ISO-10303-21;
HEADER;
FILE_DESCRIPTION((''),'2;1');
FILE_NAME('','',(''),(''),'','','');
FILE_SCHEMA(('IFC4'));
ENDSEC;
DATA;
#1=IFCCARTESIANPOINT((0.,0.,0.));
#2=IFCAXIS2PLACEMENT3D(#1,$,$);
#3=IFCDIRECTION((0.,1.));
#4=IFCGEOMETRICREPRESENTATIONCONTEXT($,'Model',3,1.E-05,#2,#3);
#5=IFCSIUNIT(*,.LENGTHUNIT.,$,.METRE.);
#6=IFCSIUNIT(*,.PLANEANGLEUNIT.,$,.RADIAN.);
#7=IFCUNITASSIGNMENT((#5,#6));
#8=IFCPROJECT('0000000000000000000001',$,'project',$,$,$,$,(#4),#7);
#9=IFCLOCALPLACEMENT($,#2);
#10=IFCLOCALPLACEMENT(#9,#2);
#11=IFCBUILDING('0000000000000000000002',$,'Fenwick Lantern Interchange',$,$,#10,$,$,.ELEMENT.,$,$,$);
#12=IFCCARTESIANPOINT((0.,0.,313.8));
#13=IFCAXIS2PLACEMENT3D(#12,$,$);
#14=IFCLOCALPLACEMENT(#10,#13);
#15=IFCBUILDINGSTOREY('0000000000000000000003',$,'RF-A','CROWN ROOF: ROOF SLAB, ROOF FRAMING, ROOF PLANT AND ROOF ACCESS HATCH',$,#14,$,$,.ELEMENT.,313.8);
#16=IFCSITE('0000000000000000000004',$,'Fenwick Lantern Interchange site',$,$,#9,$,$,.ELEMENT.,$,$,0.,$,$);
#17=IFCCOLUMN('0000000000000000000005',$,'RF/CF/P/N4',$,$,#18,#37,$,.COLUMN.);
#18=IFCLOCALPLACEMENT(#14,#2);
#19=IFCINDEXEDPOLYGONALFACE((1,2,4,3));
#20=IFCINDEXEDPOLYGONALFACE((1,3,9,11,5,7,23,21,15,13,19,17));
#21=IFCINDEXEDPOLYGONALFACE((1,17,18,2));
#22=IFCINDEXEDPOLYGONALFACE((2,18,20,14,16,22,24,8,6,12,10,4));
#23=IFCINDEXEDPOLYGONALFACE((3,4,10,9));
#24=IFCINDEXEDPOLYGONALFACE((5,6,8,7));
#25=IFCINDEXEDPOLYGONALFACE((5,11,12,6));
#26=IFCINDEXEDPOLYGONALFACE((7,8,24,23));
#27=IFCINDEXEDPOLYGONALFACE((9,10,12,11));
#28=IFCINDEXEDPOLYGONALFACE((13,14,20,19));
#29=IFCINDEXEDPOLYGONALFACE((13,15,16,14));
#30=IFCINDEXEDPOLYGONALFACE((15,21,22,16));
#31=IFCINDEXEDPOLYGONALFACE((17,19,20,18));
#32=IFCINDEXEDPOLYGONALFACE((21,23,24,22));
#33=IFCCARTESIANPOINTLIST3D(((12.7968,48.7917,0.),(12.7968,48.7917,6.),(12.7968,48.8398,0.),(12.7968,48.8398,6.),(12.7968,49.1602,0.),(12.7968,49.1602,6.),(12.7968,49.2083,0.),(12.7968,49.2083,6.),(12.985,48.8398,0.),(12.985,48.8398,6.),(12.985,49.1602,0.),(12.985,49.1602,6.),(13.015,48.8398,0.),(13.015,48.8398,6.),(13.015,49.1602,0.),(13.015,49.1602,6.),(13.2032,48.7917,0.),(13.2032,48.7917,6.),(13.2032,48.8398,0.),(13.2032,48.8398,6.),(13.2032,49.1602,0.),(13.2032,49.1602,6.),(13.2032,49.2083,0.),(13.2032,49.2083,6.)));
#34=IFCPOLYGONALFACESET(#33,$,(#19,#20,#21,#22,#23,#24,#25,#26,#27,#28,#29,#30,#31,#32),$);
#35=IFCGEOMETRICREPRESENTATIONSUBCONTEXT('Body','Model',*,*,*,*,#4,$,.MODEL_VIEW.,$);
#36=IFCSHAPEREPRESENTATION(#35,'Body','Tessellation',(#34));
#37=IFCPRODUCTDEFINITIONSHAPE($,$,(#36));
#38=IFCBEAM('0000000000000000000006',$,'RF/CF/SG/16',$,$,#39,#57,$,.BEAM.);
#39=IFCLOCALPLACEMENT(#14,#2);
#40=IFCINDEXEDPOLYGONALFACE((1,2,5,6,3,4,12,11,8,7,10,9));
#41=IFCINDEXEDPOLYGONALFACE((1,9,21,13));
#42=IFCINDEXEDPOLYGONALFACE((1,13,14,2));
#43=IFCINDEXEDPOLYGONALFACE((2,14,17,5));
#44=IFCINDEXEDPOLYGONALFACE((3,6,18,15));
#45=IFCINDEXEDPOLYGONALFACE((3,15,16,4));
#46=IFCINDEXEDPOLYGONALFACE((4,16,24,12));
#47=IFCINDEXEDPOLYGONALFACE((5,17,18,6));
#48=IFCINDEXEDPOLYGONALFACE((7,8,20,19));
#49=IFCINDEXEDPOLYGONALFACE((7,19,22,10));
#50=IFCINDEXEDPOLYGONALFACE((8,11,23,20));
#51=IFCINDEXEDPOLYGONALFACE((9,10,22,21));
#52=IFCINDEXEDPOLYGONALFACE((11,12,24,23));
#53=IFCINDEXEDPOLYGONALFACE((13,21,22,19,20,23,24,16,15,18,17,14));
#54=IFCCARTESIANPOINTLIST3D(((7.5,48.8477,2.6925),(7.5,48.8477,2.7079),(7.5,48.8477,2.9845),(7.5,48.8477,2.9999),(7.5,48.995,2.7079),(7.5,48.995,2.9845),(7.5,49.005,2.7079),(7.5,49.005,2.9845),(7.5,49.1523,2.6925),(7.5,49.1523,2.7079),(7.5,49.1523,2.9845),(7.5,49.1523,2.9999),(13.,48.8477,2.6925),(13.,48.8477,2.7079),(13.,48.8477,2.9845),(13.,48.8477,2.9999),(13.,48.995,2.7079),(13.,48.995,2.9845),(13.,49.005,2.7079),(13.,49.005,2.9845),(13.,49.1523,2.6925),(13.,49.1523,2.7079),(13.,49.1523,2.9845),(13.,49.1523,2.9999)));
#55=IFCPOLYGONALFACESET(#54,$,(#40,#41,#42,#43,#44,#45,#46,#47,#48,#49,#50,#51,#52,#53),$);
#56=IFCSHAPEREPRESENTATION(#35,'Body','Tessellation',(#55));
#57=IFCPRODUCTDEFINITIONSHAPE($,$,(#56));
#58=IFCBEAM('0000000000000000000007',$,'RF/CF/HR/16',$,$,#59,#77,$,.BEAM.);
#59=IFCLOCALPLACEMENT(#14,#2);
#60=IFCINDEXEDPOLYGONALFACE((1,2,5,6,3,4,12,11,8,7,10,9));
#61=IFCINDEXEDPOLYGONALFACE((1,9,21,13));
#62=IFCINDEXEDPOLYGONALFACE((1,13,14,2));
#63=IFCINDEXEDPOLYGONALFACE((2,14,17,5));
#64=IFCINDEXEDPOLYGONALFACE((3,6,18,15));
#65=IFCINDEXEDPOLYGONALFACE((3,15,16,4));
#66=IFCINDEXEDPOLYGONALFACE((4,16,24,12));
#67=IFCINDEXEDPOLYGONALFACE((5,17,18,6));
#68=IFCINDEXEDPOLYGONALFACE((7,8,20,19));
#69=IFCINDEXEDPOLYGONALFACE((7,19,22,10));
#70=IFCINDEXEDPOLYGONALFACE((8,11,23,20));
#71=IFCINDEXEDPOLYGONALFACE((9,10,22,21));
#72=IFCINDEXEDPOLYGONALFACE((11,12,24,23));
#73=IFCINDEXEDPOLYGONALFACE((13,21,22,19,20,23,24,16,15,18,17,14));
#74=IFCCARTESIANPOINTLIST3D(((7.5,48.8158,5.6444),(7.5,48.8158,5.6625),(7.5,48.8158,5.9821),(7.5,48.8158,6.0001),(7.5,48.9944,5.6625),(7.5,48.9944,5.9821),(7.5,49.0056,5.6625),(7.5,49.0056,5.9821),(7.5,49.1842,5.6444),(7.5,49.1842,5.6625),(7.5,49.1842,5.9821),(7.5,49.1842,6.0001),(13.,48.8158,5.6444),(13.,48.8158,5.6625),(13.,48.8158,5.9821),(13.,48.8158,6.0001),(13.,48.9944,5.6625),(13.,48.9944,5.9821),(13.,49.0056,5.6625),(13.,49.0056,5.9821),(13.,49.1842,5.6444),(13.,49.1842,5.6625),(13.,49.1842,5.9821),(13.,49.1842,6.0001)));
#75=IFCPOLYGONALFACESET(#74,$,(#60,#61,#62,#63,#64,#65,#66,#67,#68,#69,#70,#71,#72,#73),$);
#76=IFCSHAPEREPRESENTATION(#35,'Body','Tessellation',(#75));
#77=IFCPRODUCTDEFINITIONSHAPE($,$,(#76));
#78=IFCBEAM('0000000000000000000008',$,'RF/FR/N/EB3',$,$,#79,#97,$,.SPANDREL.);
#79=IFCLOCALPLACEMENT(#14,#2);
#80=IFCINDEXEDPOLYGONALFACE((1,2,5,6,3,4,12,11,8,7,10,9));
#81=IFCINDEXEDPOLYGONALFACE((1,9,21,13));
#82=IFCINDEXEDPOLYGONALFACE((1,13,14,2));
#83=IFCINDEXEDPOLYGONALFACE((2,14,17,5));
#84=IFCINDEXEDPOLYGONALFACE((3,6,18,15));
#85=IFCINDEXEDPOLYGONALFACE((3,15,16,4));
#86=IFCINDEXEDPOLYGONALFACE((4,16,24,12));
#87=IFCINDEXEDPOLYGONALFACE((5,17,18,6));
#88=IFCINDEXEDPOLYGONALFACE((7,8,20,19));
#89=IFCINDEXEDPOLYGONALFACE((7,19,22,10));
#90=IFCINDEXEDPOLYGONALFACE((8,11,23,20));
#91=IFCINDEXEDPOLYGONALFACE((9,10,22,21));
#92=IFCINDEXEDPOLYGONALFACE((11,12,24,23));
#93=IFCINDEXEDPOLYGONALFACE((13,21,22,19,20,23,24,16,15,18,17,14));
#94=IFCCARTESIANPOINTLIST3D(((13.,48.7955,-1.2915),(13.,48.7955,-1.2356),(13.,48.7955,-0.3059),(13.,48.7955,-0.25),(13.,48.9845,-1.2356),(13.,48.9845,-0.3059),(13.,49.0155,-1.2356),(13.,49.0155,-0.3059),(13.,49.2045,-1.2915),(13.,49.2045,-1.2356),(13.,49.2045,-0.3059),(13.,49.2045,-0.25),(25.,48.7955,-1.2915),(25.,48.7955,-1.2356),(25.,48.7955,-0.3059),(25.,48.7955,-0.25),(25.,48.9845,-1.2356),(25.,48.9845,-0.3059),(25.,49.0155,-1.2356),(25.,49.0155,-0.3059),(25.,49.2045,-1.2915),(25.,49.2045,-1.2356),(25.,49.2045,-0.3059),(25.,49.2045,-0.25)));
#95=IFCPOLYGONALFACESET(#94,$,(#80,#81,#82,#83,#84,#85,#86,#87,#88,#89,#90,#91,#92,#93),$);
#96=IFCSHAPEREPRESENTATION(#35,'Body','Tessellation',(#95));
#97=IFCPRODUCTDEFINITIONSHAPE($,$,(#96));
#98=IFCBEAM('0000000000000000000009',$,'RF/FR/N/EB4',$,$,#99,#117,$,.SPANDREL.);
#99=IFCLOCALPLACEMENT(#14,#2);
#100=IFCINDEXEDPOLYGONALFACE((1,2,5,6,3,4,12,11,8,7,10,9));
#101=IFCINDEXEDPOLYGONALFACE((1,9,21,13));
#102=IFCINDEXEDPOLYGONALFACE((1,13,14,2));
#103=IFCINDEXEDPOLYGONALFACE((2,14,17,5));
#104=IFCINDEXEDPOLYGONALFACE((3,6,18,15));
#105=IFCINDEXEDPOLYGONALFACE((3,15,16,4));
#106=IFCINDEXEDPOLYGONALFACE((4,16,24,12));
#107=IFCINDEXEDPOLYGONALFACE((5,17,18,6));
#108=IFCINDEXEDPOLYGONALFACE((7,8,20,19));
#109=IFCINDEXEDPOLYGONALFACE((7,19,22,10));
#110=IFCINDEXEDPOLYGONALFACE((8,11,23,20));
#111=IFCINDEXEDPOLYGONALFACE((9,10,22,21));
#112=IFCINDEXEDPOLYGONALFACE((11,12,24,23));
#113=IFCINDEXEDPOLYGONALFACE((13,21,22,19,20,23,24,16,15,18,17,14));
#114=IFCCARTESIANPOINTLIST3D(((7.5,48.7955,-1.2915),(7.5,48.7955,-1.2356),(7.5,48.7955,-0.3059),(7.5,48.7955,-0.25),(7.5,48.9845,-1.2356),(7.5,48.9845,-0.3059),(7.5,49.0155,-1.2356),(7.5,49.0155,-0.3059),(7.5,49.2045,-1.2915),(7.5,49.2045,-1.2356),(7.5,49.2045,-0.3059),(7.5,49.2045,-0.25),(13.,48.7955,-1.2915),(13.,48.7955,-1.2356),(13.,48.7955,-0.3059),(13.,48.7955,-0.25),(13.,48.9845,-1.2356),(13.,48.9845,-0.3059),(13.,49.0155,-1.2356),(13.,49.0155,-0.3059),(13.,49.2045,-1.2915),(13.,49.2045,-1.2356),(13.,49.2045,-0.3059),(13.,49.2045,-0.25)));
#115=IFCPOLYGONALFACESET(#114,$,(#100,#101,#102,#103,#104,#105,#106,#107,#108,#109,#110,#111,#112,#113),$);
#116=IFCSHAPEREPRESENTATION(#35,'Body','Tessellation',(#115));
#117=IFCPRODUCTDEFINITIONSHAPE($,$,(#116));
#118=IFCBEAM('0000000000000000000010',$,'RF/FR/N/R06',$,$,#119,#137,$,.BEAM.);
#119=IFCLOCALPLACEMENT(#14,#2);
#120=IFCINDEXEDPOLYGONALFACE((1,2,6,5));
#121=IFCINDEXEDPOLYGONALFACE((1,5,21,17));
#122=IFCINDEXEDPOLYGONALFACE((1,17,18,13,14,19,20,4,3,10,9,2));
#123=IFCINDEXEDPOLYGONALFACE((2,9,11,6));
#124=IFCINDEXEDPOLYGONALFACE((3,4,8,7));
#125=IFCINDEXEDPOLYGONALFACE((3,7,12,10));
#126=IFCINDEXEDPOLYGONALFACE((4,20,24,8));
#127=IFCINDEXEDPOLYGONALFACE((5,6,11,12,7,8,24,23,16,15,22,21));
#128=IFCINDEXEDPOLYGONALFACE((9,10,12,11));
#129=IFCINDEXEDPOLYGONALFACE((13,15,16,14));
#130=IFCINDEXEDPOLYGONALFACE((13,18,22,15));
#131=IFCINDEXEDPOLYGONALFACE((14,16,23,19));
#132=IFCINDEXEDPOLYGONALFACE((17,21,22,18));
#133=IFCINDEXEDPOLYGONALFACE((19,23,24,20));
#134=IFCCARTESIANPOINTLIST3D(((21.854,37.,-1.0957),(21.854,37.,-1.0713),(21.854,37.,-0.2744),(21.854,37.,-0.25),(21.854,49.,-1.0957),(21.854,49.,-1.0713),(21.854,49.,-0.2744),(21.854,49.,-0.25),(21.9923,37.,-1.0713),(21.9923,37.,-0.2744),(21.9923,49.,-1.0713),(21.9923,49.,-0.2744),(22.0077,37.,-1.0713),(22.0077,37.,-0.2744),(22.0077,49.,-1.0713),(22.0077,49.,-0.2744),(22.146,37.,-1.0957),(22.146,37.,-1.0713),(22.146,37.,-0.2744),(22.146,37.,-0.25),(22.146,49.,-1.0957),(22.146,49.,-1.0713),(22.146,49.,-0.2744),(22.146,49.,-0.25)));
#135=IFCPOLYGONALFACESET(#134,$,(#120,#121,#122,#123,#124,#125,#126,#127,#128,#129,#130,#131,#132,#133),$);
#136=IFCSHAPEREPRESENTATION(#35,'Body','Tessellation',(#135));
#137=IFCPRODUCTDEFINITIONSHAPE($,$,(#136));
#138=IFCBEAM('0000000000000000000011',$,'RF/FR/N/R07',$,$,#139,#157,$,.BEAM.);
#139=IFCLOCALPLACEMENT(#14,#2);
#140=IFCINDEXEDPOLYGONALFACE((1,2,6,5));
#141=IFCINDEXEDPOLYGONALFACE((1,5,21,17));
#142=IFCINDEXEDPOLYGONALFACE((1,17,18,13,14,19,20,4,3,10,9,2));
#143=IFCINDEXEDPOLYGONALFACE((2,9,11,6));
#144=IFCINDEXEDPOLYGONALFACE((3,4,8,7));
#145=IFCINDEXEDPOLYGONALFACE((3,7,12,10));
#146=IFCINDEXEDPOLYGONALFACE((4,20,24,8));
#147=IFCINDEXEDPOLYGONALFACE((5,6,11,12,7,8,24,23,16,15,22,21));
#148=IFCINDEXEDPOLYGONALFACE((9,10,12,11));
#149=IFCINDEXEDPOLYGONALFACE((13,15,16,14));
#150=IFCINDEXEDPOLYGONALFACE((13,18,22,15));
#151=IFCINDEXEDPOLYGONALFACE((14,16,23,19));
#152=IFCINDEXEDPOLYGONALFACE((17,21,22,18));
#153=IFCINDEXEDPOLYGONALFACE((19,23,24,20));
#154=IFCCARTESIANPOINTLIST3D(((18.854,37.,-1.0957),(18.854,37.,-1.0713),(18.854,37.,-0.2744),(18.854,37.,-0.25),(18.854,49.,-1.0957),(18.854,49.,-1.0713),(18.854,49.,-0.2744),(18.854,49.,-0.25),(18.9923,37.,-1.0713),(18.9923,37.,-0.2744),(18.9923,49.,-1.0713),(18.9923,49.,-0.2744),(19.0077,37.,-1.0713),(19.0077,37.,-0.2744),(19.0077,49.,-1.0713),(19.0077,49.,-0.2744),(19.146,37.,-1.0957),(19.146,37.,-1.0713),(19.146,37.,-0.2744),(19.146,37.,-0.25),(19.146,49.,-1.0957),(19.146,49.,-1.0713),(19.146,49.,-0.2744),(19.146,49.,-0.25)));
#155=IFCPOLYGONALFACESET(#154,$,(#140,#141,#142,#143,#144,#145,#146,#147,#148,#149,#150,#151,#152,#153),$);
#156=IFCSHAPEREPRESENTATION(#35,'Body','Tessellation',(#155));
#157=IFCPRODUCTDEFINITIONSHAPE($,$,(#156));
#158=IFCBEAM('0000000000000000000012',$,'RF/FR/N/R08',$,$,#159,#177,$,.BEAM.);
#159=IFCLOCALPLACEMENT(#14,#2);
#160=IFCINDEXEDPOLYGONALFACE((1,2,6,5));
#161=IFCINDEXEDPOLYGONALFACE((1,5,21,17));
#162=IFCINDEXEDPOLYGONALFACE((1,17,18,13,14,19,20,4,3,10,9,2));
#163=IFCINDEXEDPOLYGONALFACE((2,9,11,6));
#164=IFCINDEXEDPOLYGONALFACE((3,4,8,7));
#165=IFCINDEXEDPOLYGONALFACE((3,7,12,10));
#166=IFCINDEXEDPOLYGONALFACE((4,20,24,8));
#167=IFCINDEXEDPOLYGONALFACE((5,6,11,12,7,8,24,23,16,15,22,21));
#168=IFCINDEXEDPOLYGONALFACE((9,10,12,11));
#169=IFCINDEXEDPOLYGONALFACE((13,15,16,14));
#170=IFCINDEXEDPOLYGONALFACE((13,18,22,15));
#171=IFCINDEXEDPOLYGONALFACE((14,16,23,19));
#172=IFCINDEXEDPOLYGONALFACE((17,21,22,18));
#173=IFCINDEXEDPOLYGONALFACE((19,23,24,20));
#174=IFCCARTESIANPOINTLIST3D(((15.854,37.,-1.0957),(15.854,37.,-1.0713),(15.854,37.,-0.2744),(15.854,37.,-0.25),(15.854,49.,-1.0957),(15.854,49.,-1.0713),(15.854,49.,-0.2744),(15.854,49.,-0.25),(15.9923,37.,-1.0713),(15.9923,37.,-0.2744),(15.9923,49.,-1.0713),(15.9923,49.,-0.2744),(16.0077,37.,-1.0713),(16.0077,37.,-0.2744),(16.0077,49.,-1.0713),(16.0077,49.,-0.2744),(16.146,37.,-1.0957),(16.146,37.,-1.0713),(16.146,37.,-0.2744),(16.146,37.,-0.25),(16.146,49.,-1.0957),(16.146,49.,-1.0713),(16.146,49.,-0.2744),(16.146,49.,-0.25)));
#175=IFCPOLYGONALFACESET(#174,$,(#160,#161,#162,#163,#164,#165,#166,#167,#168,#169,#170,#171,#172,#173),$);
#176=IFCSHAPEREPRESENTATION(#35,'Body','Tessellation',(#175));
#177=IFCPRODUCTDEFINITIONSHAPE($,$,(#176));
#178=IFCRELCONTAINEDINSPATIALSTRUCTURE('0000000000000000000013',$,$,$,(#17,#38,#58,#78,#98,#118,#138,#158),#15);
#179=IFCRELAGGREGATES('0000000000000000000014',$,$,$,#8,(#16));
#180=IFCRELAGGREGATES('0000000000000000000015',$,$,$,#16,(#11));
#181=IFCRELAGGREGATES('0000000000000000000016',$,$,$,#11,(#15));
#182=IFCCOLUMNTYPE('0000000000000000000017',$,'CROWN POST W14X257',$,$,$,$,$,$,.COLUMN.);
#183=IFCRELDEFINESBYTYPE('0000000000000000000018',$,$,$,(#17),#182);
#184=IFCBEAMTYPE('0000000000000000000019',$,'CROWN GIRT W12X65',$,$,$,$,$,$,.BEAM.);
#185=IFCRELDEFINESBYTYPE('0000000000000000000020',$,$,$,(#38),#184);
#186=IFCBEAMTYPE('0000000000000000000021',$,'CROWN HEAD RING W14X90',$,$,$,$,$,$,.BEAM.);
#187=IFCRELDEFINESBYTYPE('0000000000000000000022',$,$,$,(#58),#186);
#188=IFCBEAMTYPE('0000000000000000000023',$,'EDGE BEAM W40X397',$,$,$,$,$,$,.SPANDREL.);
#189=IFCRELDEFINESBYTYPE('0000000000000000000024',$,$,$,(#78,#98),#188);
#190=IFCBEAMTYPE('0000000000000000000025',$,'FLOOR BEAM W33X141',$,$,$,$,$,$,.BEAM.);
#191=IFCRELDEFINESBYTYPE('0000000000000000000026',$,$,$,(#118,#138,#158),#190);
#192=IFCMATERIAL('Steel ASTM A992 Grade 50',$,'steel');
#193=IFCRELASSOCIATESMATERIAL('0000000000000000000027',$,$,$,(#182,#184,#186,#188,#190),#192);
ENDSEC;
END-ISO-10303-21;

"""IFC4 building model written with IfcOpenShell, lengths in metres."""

from ifc_helpers import new_model, si_unit, direction, frame, origin, origin_2d, place, context, subcontext, project, spatial, i_section, extrude, material, material_profile, profile_set, type_object, element, save


model = new_model("IFC4")

# Units and contexts
model_context = context("Model", 3, precision=1e-05, world=origin(), true_north=direction((0.0, 1.0)))
body_context = subcontext(model_context, "Body", "Model", "MODEL_VIEW")
ifc_project = project(units=[si_unit("LENGTHUNIT", "METRE"), si_unit("PLANEANGLEUNIT", "RADIAN")], contexts=[model_context])

# Site, building, storey
site_placement = place(None, origin())
site = spatial("IfcSite", under=ifc_project, at=site_placement, Name="Fenwick Lantern Interchange site", CompositionType="ELEMENT", RefElevation=0.0)
building_placement = place(site_placement, origin())
building = spatial("IfcBuilding", under=site, at=building_placement, Name="Fenwick Lantern Interchange", CompositionType="ELEMENT")
storey_placement = place(building_placement, frame((0.0, 0.0, 313.8)))
storey = spatial("IfcBuildingStorey", under=building, at=storey_placement, Name="RF-A", Description="CROWN ROOF: ROOF SLAB, ROOF FRAMING, ROOF PLANT AND ROOF ACCESS HATCH", CompositionType="ELEMENT", Elevation=313.8)

# Column
ifc_material_1 = material(Name="Steel ASTM A992 Grade 50", Category="steel")
ifc_material_profile_1 = material_profile(ifc_material_1, i_section(OverallWidth=0.4065, OverallDepth=0.4165, WebThickness=0.03, FlangeThickness=0.0481, at=origin_2d()), Name="W14X257")
ifc_profile_set_1 = profile_set([ifc_material_profile_1], Name="Steel ASTM A992 Grade 50")
column_type = type_object("IfcColumnType", Name="CROWN POST W14X257", PredefinedType="COLUMN", material=ifc_profile_set_1)
column_placement = place(storey_placement, frame((13.0, 49.0, 0.0), z_axis=(0.0, 0.0, 1.0), x_axis=(1.0, 0.0, 0.0)))
element("IfcColumn", 1, at=column_placement, inside=storey, type_object=column_type, Name="RF/CF/P/N4", PredefinedType="COLUMN", context=body_context, shape_type="SweptSolid", body=[
    extrude(i_section(OverallWidth=0.4065, OverallDepth=0.4165, WebThickness=0.03, FlangeThickness=0.0481, at=origin_2d()), origin(), (0.0, 0.0, 1.0), 6.0),
])

# Beams
ifc_material_profile_2 = material_profile(ifc_material_1, i_section(OverallWidth=0.3047, OverallDepth=0.3074, WebThickness=0.01, FlangeThickness=0.0154, at=origin_2d()), Name="W12X65")
ifc_profile_set_2 = profile_set([ifc_material_profile_2], Name="Steel ASTM A992 Grade 50")
beam_type_1 = type_object("IfcBeamType", Name="CROWN GIRT W12X65", PredefinedType="BEAM", material=ifc_profile_set_2)
beam_1_placement = place(storey_placement, frame((13.0, 49.0, 2.8462), z_axis=(-1.0, 0.0, 0.0), x_axis=(0.0, -1.0, 0.0)))
element("IfcBeam", 2, at=beam_1_placement, inside=storey, type_object=beam_type_1, Name="RF/CF/SG/16", PredefinedType="BEAM", context=body_context, shape_type="SweptSolid", body=[
    extrude(i_section(OverallWidth=0.3047, OverallDepth=0.3074, WebThickness=0.01, FlangeThickness=0.0154, at=origin_2d()), origin(), (0.0, 0.0, 1.0), 5.5),
])
ifc_material_profile_3 = material_profile(ifc_material_1, i_section(OverallWidth=0.3684, OverallDepth=0.3557, WebThickness=0.0112, FlangeThickness=0.0181, at=origin_2d()), Name="W14X90")
ifc_profile_set_3 = profile_set([ifc_material_profile_3], Name="Steel ASTM A992 Grade 50")
beam_type_2 = type_object("IfcBeamType", Name="CROWN HEAD RING W14X90", PredefinedType="BEAM", material=ifc_profile_set_3)
beam_2_placement = place(storey_placement, frame((13.0, 49.0, 5.8223), z_axis=(-1.0, 0.0, 0.0), x_axis=(0.0, -1.0, 0.0)))
element("IfcBeam", 3, at=beam_2_placement, inside=storey, type_object=beam_type_2, Name="RF/CF/HR/16", PredefinedType="BEAM", context=body_context, shape_type="SweptSolid", body=[
    extrude(i_section(OverallWidth=0.3684, OverallDepth=0.3557, WebThickness=0.0112, FlangeThickness=0.0181, at=origin_2d()), origin(), (0.0, 0.0, 1.0), 5.5),
])
ifc_material_profile_4 = material_profile(ifc_material_1, i_section(OverallWidth=0.4089, OverallDepth=1.0415, WebThickness=0.031, FlangeThickness=0.0559, at=origin_2d()), Name="W40X397")
ifc_profile_set_4 = profile_set([ifc_material_profile_4], Name="Steel ASTM A992 Grade 50")
beam_type_3 = type_object("IfcBeamType", Name="EDGE BEAM W40X397", PredefinedType="SPANDREL", material=ifc_profile_set_4)
beam_3_placement = place(storey_placement, frame((25.0, 49.0, -0.7708), z_axis=(-1.0, 0.0, 0.0), x_axis=(0.0, -1.0, 0.0)))
element("IfcBeam", 4, at=beam_3_placement, inside=storey, type_object=beam_type_3, Name="RF/FR/N/EB3", PredefinedType="SPANDREL", context=body_context, shape_type="SweptSolid", body=[
    extrude(i_section(OverallWidth=0.4089, OverallDepth=1.0415, WebThickness=0.031, FlangeThickness=0.0559, at=origin_2d()), origin(), (0.0, 0.0, 1.0), 12.0),
])
beam_4_placement = place(storey_placement, frame((13.0, 49.0, -0.7708), z_axis=(-1.0, 0.0, 0.0), x_axis=(0.0, -1.0, 0.0)))
element("IfcBeam", 5, at=beam_4_placement, inside=storey, type_object=beam_type_3, Name="RF/FR/N/EB4", PredefinedType="SPANDREL", context=body_context, shape_type="SweptSolid", body=[
    extrude(i_section(OverallWidth=0.4089, OverallDepth=1.0415, WebThickness=0.031, FlangeThickness=0.0559, at=origin_2d()), origin(), (0.0, 0.0, 1.0), 5.5),
])
ifc_material_profile_5 = material_profile(ifc_material_1, i_section(OverallWidth=0.292, OverallDepth=0.8457, WebThickness=0.0154, FlangeThickness=0.0244, at=origin_2d()), Name="W33X141")
ifc_profile_set_5 = profile_set([ifc_material_profile_5], Name="Steel ASTM A992 Grade 50")
beam_type_4 = type_object("IfcBeamType", Name="FLOOR BEAM W33X141", PredefinedType="BEAM", material=ifc_profile_set_5)
for number, where, z_axis, x_axis, name in (
    (6, (22.0, 49.0, -0.6729), (0.0, -1.0, 0.0), (1.0, 0.0, 0.0), "RF/FR/N/R06"),
    (7, (19.0, 49.0, -0.6729), (0.0, -1.0, 0.0), (1.0, 0.0, 0.0), "RF/FR/N/R07"),
    (8, (16.0, 49.0, -0.6729), (0.0, -1.0, 0.0), (1.0, 0.0, 0.0), "RF/FR/N/R08"),
):
    element("IfcBeam", number, at=place(storey_placement, frame(where, z_axis=z_axis, x_axis=x_axis)), inside=storey, type_object=beam_type_4, Name=name, PredefinedType="BEAM", context=body_context, shape_type="SweptSolid", body=[
        extrude(i_section(OverallWidth=0.292, OverallDepth=0.8457, WebThickness=0.0154, FlangeThickness=0.0244, at=origin_2d()), origin(), (0.0, 0.0, 1.0), 12.0),
    ])

save(model, "model.ifc")
